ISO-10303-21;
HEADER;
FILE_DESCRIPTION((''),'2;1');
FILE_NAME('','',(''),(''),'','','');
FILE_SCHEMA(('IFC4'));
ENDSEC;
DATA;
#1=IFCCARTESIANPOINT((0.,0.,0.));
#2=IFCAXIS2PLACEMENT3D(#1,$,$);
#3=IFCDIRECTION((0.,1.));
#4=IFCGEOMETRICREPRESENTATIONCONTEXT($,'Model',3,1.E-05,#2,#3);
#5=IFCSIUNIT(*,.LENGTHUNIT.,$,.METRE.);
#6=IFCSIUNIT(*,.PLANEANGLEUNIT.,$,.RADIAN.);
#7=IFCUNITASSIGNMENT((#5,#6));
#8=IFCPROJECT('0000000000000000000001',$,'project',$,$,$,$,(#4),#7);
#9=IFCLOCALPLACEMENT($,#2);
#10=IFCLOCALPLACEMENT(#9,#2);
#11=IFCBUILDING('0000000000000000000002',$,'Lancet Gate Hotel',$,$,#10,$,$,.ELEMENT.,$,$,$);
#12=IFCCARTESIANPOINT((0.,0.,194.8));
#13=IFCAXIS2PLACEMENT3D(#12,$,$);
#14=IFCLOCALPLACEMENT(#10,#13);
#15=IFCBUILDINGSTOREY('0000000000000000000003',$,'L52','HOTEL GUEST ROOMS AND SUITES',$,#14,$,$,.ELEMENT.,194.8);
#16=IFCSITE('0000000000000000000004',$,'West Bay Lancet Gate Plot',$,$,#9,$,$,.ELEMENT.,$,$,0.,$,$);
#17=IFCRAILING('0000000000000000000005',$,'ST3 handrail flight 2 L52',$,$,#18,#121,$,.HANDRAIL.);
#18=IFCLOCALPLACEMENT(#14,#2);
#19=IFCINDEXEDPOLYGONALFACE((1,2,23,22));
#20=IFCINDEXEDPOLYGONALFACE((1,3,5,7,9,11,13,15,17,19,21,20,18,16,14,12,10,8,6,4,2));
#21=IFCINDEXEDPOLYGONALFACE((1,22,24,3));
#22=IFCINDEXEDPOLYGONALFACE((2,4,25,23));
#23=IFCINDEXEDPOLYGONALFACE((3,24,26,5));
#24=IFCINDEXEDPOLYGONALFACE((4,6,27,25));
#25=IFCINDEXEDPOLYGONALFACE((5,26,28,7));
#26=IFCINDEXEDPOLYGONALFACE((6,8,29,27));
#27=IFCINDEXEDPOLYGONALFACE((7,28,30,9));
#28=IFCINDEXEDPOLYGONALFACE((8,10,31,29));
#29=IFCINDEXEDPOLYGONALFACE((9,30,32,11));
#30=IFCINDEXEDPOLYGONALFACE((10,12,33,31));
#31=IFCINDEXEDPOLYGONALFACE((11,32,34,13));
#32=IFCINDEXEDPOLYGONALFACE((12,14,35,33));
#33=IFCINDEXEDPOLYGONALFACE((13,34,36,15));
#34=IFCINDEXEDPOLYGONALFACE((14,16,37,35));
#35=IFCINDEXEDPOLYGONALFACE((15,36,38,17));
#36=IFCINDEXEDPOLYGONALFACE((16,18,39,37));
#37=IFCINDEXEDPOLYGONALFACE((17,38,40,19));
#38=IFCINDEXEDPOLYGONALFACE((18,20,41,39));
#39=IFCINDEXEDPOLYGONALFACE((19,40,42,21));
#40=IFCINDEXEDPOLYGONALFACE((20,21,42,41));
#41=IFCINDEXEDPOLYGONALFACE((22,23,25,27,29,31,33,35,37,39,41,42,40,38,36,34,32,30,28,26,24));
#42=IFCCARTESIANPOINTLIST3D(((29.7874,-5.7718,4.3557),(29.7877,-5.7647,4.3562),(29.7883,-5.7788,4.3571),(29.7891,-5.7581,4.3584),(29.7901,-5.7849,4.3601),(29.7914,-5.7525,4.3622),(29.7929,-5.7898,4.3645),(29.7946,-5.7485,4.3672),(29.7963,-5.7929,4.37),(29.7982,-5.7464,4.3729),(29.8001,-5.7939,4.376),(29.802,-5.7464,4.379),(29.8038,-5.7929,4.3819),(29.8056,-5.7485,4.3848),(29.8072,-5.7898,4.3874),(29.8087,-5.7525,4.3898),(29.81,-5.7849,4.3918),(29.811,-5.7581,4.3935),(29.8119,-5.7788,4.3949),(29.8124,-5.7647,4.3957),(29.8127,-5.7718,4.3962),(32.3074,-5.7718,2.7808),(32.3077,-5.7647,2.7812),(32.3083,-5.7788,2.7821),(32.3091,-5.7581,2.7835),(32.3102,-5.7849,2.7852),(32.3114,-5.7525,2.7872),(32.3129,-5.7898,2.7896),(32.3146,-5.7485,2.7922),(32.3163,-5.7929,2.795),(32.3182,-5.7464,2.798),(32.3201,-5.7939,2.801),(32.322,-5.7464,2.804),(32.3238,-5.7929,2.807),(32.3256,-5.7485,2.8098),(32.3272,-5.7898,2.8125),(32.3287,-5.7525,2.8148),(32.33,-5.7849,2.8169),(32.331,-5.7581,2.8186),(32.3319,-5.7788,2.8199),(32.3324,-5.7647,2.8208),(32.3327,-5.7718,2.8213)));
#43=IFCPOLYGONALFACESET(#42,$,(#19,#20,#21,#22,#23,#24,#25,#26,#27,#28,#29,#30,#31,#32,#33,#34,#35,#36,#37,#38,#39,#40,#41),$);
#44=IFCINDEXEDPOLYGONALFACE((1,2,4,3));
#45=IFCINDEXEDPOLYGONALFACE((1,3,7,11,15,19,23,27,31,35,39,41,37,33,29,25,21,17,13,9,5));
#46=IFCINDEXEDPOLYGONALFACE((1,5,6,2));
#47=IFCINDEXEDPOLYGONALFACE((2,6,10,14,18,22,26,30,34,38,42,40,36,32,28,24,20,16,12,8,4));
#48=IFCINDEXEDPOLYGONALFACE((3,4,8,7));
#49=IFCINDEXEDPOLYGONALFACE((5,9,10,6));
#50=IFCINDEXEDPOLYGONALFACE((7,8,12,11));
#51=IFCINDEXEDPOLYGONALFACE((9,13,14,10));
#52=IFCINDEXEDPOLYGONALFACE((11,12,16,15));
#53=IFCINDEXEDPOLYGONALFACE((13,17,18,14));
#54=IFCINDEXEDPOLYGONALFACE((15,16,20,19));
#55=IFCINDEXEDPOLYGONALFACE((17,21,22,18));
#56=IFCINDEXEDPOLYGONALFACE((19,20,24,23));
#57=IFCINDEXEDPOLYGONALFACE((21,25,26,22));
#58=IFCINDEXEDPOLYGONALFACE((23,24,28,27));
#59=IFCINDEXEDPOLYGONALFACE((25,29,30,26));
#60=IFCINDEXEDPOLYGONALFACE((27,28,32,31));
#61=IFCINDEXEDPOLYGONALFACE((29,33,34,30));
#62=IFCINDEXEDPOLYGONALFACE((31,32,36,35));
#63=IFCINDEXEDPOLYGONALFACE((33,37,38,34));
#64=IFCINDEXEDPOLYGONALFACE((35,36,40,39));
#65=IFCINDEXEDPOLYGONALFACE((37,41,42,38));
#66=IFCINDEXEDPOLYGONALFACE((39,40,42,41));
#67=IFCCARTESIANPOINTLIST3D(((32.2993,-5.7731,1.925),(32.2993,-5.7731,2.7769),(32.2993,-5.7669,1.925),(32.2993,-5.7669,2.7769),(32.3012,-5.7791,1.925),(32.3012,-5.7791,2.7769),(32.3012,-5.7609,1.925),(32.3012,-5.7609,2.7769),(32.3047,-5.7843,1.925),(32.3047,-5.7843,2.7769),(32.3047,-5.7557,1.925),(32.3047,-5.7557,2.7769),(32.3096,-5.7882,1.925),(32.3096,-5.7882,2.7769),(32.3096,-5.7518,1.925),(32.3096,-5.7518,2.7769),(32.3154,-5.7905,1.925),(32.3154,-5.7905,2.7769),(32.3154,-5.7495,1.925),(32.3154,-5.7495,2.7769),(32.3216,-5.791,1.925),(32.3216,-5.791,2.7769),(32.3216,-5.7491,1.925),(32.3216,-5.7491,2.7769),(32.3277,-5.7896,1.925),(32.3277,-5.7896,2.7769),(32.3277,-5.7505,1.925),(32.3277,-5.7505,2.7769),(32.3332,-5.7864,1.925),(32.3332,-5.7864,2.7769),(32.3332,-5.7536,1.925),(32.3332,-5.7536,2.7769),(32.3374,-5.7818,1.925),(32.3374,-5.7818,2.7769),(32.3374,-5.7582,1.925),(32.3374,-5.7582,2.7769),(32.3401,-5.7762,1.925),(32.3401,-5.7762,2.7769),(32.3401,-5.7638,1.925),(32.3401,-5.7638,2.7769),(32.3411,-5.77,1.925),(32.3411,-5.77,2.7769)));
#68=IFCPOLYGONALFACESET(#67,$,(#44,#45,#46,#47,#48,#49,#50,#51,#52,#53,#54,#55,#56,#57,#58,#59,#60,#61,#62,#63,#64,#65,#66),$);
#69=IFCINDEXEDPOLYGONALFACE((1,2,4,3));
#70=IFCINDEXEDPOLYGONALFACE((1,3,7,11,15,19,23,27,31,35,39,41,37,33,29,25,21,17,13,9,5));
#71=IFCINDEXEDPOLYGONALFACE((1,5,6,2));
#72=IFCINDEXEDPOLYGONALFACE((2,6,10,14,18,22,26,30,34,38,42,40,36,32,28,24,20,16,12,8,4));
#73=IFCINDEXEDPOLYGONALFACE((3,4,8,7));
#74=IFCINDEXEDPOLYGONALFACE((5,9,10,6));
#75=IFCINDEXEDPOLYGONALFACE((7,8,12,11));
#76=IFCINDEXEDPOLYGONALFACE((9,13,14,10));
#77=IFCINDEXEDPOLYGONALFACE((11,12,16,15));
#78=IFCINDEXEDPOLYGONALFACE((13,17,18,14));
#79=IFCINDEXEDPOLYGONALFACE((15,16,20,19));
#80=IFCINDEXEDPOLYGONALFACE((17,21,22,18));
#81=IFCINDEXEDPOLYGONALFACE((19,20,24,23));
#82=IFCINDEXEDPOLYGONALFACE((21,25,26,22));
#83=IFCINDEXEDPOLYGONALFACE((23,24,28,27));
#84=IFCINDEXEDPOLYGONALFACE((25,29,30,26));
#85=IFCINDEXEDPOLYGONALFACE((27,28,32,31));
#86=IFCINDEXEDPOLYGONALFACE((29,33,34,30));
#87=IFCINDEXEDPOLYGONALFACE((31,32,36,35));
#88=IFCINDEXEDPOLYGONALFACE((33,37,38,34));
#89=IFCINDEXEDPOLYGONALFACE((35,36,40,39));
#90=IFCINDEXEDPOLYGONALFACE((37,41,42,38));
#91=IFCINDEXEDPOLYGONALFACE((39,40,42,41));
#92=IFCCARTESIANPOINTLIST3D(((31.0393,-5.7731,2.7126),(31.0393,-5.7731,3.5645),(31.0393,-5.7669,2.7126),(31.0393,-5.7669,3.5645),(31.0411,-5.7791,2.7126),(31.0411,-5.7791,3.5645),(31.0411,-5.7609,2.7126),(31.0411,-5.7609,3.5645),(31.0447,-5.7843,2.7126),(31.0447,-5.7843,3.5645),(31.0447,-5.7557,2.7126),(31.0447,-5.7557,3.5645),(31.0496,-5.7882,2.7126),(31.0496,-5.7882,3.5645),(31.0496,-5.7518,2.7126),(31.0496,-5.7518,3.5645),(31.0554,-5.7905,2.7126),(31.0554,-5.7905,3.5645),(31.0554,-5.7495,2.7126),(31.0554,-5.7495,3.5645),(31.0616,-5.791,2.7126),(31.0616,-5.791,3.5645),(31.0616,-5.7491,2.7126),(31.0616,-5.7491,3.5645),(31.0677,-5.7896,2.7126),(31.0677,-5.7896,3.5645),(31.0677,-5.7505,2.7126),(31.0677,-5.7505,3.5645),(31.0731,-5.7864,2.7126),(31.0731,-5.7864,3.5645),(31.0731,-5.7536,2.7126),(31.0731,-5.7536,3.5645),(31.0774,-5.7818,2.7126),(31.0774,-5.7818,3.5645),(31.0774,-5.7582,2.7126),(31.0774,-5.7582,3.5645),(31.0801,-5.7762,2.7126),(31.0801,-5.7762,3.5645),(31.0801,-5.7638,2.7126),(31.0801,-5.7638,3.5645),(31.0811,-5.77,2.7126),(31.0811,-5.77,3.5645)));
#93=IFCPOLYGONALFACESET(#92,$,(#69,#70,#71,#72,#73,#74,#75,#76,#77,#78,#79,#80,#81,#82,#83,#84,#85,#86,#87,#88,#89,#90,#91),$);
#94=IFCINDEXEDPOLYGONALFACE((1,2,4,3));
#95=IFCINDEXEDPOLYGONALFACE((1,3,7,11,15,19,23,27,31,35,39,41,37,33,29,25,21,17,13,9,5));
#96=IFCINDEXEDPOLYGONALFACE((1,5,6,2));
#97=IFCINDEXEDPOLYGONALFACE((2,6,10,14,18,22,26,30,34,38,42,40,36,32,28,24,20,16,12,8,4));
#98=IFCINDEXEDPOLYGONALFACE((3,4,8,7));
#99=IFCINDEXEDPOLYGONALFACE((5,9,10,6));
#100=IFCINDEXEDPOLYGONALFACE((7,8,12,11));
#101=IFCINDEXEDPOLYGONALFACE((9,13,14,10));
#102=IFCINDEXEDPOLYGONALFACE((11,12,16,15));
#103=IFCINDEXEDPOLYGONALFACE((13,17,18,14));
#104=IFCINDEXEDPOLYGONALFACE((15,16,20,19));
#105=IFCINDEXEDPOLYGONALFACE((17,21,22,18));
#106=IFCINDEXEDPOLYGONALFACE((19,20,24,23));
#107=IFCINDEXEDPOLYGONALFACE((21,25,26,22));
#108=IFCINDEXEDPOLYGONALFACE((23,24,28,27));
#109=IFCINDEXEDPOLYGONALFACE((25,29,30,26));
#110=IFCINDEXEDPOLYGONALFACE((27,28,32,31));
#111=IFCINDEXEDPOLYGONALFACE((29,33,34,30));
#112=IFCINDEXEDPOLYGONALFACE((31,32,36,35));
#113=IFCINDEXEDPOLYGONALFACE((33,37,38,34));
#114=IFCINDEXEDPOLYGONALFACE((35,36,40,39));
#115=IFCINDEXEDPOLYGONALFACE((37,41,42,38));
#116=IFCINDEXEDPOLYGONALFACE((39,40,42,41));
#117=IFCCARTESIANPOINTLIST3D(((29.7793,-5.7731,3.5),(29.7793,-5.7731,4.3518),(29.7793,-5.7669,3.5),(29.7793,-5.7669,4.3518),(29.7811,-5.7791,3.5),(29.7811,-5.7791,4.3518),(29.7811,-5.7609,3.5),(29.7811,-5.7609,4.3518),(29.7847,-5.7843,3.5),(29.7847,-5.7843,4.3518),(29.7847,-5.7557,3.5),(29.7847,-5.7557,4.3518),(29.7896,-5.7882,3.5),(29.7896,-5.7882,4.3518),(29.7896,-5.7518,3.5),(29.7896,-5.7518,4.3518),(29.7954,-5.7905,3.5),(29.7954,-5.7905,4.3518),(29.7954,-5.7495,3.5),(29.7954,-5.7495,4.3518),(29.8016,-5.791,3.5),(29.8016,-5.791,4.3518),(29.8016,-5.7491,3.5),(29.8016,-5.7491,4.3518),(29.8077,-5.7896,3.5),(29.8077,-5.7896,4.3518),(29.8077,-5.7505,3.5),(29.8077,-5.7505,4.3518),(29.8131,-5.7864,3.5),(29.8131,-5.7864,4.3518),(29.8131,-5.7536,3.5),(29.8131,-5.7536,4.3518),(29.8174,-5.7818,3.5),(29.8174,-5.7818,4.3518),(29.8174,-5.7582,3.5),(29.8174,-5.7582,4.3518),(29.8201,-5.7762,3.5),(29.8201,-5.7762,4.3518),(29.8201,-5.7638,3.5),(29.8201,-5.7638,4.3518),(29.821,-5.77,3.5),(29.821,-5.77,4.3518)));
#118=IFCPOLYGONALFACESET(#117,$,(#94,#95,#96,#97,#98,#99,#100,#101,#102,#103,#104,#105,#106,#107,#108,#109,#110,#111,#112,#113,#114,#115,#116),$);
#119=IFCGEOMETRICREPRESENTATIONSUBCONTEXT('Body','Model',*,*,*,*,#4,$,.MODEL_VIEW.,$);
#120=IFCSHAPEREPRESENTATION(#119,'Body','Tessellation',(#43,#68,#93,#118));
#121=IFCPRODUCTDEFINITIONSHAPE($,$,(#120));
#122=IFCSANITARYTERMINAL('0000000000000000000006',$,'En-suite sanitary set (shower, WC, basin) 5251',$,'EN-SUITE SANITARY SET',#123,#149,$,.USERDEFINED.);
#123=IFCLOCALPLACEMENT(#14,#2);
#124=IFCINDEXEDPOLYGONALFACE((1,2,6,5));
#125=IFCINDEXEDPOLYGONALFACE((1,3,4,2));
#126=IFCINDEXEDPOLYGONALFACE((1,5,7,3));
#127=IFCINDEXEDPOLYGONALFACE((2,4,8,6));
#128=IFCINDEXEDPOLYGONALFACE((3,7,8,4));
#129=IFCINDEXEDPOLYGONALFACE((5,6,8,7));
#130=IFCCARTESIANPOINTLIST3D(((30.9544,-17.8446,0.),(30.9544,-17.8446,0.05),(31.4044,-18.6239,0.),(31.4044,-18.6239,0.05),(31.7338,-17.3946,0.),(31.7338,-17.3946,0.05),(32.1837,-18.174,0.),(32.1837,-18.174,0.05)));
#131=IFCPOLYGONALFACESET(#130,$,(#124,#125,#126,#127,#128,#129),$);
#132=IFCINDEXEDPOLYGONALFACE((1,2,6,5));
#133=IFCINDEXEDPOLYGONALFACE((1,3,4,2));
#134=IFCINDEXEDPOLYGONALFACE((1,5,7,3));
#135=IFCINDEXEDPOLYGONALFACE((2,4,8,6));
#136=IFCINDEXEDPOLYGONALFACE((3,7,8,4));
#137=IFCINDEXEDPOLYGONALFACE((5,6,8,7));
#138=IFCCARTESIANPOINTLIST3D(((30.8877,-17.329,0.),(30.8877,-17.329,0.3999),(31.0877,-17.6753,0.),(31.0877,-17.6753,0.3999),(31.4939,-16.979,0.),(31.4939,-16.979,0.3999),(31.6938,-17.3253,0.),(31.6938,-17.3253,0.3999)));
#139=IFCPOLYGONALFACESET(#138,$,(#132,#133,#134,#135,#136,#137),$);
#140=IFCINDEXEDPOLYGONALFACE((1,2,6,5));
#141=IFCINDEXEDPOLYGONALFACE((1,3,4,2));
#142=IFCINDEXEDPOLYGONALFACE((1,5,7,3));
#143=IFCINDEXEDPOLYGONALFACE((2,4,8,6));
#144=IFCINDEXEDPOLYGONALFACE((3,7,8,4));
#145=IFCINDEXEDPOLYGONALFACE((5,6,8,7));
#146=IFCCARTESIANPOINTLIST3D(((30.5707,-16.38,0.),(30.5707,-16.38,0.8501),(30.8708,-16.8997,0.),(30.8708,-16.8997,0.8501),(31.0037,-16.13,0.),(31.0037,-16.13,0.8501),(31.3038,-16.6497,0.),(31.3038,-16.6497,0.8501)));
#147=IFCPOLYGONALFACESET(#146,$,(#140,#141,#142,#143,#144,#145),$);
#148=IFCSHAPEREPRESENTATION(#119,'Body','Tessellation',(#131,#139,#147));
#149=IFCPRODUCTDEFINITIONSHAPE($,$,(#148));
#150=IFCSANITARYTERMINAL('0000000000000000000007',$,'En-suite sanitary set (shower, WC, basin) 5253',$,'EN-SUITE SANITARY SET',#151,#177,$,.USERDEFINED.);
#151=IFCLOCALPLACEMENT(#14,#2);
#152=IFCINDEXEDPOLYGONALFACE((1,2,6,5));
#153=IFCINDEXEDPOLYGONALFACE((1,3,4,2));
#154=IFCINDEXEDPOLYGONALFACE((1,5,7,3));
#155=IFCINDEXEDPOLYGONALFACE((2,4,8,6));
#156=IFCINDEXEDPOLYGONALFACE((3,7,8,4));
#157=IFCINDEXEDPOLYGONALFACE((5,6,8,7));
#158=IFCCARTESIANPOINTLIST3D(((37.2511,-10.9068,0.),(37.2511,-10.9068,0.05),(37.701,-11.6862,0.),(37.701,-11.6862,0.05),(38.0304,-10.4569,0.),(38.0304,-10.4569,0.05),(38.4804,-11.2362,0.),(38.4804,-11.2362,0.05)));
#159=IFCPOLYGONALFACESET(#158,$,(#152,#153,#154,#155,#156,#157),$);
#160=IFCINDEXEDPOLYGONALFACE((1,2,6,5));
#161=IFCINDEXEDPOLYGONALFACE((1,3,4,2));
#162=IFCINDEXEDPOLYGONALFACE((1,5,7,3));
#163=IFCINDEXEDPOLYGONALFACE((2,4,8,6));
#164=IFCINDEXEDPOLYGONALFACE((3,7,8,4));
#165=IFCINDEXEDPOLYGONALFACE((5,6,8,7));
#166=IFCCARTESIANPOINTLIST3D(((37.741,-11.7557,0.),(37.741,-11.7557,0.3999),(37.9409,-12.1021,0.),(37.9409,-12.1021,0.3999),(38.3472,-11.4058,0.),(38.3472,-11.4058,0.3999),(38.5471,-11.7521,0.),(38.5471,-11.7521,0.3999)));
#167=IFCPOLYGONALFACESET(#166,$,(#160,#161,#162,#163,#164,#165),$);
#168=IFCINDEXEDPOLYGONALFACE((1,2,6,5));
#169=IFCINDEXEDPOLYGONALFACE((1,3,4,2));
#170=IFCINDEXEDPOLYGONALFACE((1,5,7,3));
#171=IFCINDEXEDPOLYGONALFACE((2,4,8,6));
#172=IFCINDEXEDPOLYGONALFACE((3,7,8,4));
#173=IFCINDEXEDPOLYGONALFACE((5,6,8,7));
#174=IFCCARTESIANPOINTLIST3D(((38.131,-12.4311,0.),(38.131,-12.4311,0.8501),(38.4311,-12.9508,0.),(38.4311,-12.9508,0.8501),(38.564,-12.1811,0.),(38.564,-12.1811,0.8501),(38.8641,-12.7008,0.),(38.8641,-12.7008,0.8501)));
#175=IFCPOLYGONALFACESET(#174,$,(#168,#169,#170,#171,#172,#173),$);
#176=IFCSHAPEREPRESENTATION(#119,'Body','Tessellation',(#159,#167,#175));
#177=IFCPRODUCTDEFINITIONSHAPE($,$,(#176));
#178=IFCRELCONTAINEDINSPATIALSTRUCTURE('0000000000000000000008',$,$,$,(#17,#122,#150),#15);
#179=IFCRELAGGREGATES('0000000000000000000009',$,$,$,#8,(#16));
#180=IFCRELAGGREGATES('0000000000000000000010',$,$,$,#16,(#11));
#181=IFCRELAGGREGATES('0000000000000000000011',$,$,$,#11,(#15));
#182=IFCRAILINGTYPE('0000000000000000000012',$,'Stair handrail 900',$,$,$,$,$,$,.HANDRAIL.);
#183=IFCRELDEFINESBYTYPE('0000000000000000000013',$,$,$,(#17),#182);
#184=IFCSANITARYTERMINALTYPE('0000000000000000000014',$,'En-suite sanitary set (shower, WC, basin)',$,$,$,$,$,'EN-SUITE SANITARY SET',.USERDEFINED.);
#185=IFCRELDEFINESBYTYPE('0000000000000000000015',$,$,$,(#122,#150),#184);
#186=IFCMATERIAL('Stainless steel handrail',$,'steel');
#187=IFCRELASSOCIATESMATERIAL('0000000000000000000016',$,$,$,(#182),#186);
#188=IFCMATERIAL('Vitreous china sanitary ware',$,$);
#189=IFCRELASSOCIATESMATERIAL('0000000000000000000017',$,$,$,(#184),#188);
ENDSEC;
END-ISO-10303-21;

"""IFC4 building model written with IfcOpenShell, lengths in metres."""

from ifc_helpers import new_model, si_unit, direction, frame, origin, origin_2d, place, context, subcontext, project, spatial, rectangle, circle, extrude, material, type_object, element, save


model = new_model("IFC4")

# Units and contexts
model_context = context("Model", 3, precision=1e-05, world=origin(), true_north=direction((0.0, 1.0)))
body_context = subcontext(model_context, "Body", "Model", "MODEL_VIEW")
ifc_project = project(units=[si_unit("LENGTHUNIT", "METRE"), si_unit("PLANEANGLEUNIT", "RADIAN")], contexts=[model_context])

# Site, building, storey
site_placement = place(None, origin())
site = spatial("IfcSite", under=ifc_project, at=site_placement, Name="West Bay Lancet Gate Plot", CompositionType="ELEMENT", RefElevation=0.0)
building_placement = place(site_placement, origin())
building = spatial("IfcBuilding", under=site, at=building_placement, Name="Lancet Gate Hotel", CompositionType="ELEMENT")
storey_placement = place(building_placement, frame((0.0, 0.0, 194.8)))
storey = spatial("IfcBuildingStorey", under=building, at=storey_placement, Name="L52", Description="HOTEL GUEST ROOMS AND SUITES", CompositionType="ELEMENT", Elevation=194.8)

# Railing
ifc_material_1 = material(Name="Stainless steel handrail", Category="steel")
railing_type = type_object("IfcRailingType", Name="Stair handrail 900", PredefinedType="HANDRAIL", material=ifc_material_1)
railing_placement = place(storey_placement, frame((32.3201, -5.77, 1.925)))
element("IfcRailing", 1, at=railing_placement, inside=storey, type_object=railing_type, Name="ST3 handrail flight 2 L52", PredefinedType="HANDRAIL", context=body_context, shape_type="SweptSolid", body=[
    extrude(circle(Radius=0.0239, at=origin_2d()), frame((0.0, 0.0, 0.876), z_axis=(-0.848008, 0.0, 0.529984), x_axis=(0.0, -1.0, 0.0)), (0.0, 0.0, 1.0), 2.9717),
    extrude(circle(Radius=0.021, at=origin_2d()), origin(), (0.0, 0.0, 1.0), 0.8518),
    extrude(circle(Radius=0.021, at=origin_2d()), frame((-1.26, 0.0, 0.7876)), (0.0, 0.0, 1.0), 0.8518),
    extrude(circle(Radius=0.021, at=origin_2d()), frame((-2.52, 0.0, 1.575)), (0.0, 0.0, 1.0), 0.8518),
])

# Sanitary terminals
ifc_material_2 = material(Name="Vitreous china sanitary ware")
sanitary_terminal_type = type_object("IfcSanitaryTerminalType", Name="En-suite sanitary set (shower, WC, basin)", ElementType="EN-SUITE SANITARY SET", PredefinedType="USERDEFINED", material=ifc_material_2)
sanitary_terminal_1_placement = place(storey_placement, frame((31.5691, -18.0093, 0.0), z_axis=(0.0, 0.0, 1.0), x_axis=(1.0, 0.0, 0.0)))
element("IfcSanitaryTerminal", 2, at=sanitary_terminal_1_placement, inside=storey, type_object=sanitary_terminal_type, Name="En-suite sanitary set (shower, WC, basin) 5251", ObjectType="EN-SUITE SANITARY SET", PredefinedType="USERDEFINED", context=body_context, shape_type="SweptSolid", body=[
    extrude(rectangle(XDim=0.8999, YDim=0.8999, at=origin_2d()), frame((0.0, 0.0, 0.0), z_axis=(0.0, 0.0, 1.0), x_axis=(0.5, -0.866025, 0.0)), (0.0, 0.0, 1.0), 0.05),
    extrude(rectangle(XDim=0.3999, YDim=0.7, at=origin_2d()), frame((-0.2783, 0.6821, 0.0), z_axis=(0.0, 0.0, 1.0), x_axis=(0.5, -0.866025, 0.0)), (0.0, 0.0, 1.0), 0.3999),
    extrude(rectangle(XDim=0.6001, YDim=0.5, at=origin_2d()), frame((-0.6318, 1.4944, 0.0), z_axis=(0.0, 0.0, 1.0), x_axis=(0.5, -0.866025, 0.0)), (0.0, 0.0, 1.0), 0.8501),
])
sanitary_terminal_2_placement = place(storey_placement, frame((37.8657, -11.0715, 0.0), z_axis=(0.0, 0.0, 1.0), x_axis=(1.0, 0.0, 0.0)))
element("IfcSanitaryTerminal", 3, at=sanitary_terminal_2_placement, inside=storey, type_object=sanitary_terminal_type, Name="En-suite sanitary set (shower, WC, basin) 5253", ObjectType="EN-SUITE SANITARY SET", PredefinedType="USERDEFINED", context=body_context, shape_type="SweptSolid", body=[
    extrude(rectangle(XDim=0.8999, YDim=0.8999, at=origin_2d()), frame((0.0, 0.0, 0.0), z_axis=(0.0, 0.0, 1.0), x_axis=(-0.5, 0.866025, 0.0)), (0.0, 0.0, 1.0), 0.05),
    extrude(rectangle(XDim=0.3999, YDim=0.7, at=origin_2d()), frame((0.2783, -0.6824, 0.0), z_axis=(0.0, 0.0, 1.0), x_axis=(-0.5, 0.866025, 0.0)), (0.0, 0.0, 1.0), 0.3999),
    extrude(rectangle(XDim=0.6001, YDim=0.5, at=origin_2d()), frame((0.6318, -1.4944, 0.0), z_axis=(0.0, 0.0, 1.0), x_axis=(-0.5, 0.866025, 0.0)), (0.0, 0.0, 1.0), 0.8501),
])

save(model, "model.ifc")
